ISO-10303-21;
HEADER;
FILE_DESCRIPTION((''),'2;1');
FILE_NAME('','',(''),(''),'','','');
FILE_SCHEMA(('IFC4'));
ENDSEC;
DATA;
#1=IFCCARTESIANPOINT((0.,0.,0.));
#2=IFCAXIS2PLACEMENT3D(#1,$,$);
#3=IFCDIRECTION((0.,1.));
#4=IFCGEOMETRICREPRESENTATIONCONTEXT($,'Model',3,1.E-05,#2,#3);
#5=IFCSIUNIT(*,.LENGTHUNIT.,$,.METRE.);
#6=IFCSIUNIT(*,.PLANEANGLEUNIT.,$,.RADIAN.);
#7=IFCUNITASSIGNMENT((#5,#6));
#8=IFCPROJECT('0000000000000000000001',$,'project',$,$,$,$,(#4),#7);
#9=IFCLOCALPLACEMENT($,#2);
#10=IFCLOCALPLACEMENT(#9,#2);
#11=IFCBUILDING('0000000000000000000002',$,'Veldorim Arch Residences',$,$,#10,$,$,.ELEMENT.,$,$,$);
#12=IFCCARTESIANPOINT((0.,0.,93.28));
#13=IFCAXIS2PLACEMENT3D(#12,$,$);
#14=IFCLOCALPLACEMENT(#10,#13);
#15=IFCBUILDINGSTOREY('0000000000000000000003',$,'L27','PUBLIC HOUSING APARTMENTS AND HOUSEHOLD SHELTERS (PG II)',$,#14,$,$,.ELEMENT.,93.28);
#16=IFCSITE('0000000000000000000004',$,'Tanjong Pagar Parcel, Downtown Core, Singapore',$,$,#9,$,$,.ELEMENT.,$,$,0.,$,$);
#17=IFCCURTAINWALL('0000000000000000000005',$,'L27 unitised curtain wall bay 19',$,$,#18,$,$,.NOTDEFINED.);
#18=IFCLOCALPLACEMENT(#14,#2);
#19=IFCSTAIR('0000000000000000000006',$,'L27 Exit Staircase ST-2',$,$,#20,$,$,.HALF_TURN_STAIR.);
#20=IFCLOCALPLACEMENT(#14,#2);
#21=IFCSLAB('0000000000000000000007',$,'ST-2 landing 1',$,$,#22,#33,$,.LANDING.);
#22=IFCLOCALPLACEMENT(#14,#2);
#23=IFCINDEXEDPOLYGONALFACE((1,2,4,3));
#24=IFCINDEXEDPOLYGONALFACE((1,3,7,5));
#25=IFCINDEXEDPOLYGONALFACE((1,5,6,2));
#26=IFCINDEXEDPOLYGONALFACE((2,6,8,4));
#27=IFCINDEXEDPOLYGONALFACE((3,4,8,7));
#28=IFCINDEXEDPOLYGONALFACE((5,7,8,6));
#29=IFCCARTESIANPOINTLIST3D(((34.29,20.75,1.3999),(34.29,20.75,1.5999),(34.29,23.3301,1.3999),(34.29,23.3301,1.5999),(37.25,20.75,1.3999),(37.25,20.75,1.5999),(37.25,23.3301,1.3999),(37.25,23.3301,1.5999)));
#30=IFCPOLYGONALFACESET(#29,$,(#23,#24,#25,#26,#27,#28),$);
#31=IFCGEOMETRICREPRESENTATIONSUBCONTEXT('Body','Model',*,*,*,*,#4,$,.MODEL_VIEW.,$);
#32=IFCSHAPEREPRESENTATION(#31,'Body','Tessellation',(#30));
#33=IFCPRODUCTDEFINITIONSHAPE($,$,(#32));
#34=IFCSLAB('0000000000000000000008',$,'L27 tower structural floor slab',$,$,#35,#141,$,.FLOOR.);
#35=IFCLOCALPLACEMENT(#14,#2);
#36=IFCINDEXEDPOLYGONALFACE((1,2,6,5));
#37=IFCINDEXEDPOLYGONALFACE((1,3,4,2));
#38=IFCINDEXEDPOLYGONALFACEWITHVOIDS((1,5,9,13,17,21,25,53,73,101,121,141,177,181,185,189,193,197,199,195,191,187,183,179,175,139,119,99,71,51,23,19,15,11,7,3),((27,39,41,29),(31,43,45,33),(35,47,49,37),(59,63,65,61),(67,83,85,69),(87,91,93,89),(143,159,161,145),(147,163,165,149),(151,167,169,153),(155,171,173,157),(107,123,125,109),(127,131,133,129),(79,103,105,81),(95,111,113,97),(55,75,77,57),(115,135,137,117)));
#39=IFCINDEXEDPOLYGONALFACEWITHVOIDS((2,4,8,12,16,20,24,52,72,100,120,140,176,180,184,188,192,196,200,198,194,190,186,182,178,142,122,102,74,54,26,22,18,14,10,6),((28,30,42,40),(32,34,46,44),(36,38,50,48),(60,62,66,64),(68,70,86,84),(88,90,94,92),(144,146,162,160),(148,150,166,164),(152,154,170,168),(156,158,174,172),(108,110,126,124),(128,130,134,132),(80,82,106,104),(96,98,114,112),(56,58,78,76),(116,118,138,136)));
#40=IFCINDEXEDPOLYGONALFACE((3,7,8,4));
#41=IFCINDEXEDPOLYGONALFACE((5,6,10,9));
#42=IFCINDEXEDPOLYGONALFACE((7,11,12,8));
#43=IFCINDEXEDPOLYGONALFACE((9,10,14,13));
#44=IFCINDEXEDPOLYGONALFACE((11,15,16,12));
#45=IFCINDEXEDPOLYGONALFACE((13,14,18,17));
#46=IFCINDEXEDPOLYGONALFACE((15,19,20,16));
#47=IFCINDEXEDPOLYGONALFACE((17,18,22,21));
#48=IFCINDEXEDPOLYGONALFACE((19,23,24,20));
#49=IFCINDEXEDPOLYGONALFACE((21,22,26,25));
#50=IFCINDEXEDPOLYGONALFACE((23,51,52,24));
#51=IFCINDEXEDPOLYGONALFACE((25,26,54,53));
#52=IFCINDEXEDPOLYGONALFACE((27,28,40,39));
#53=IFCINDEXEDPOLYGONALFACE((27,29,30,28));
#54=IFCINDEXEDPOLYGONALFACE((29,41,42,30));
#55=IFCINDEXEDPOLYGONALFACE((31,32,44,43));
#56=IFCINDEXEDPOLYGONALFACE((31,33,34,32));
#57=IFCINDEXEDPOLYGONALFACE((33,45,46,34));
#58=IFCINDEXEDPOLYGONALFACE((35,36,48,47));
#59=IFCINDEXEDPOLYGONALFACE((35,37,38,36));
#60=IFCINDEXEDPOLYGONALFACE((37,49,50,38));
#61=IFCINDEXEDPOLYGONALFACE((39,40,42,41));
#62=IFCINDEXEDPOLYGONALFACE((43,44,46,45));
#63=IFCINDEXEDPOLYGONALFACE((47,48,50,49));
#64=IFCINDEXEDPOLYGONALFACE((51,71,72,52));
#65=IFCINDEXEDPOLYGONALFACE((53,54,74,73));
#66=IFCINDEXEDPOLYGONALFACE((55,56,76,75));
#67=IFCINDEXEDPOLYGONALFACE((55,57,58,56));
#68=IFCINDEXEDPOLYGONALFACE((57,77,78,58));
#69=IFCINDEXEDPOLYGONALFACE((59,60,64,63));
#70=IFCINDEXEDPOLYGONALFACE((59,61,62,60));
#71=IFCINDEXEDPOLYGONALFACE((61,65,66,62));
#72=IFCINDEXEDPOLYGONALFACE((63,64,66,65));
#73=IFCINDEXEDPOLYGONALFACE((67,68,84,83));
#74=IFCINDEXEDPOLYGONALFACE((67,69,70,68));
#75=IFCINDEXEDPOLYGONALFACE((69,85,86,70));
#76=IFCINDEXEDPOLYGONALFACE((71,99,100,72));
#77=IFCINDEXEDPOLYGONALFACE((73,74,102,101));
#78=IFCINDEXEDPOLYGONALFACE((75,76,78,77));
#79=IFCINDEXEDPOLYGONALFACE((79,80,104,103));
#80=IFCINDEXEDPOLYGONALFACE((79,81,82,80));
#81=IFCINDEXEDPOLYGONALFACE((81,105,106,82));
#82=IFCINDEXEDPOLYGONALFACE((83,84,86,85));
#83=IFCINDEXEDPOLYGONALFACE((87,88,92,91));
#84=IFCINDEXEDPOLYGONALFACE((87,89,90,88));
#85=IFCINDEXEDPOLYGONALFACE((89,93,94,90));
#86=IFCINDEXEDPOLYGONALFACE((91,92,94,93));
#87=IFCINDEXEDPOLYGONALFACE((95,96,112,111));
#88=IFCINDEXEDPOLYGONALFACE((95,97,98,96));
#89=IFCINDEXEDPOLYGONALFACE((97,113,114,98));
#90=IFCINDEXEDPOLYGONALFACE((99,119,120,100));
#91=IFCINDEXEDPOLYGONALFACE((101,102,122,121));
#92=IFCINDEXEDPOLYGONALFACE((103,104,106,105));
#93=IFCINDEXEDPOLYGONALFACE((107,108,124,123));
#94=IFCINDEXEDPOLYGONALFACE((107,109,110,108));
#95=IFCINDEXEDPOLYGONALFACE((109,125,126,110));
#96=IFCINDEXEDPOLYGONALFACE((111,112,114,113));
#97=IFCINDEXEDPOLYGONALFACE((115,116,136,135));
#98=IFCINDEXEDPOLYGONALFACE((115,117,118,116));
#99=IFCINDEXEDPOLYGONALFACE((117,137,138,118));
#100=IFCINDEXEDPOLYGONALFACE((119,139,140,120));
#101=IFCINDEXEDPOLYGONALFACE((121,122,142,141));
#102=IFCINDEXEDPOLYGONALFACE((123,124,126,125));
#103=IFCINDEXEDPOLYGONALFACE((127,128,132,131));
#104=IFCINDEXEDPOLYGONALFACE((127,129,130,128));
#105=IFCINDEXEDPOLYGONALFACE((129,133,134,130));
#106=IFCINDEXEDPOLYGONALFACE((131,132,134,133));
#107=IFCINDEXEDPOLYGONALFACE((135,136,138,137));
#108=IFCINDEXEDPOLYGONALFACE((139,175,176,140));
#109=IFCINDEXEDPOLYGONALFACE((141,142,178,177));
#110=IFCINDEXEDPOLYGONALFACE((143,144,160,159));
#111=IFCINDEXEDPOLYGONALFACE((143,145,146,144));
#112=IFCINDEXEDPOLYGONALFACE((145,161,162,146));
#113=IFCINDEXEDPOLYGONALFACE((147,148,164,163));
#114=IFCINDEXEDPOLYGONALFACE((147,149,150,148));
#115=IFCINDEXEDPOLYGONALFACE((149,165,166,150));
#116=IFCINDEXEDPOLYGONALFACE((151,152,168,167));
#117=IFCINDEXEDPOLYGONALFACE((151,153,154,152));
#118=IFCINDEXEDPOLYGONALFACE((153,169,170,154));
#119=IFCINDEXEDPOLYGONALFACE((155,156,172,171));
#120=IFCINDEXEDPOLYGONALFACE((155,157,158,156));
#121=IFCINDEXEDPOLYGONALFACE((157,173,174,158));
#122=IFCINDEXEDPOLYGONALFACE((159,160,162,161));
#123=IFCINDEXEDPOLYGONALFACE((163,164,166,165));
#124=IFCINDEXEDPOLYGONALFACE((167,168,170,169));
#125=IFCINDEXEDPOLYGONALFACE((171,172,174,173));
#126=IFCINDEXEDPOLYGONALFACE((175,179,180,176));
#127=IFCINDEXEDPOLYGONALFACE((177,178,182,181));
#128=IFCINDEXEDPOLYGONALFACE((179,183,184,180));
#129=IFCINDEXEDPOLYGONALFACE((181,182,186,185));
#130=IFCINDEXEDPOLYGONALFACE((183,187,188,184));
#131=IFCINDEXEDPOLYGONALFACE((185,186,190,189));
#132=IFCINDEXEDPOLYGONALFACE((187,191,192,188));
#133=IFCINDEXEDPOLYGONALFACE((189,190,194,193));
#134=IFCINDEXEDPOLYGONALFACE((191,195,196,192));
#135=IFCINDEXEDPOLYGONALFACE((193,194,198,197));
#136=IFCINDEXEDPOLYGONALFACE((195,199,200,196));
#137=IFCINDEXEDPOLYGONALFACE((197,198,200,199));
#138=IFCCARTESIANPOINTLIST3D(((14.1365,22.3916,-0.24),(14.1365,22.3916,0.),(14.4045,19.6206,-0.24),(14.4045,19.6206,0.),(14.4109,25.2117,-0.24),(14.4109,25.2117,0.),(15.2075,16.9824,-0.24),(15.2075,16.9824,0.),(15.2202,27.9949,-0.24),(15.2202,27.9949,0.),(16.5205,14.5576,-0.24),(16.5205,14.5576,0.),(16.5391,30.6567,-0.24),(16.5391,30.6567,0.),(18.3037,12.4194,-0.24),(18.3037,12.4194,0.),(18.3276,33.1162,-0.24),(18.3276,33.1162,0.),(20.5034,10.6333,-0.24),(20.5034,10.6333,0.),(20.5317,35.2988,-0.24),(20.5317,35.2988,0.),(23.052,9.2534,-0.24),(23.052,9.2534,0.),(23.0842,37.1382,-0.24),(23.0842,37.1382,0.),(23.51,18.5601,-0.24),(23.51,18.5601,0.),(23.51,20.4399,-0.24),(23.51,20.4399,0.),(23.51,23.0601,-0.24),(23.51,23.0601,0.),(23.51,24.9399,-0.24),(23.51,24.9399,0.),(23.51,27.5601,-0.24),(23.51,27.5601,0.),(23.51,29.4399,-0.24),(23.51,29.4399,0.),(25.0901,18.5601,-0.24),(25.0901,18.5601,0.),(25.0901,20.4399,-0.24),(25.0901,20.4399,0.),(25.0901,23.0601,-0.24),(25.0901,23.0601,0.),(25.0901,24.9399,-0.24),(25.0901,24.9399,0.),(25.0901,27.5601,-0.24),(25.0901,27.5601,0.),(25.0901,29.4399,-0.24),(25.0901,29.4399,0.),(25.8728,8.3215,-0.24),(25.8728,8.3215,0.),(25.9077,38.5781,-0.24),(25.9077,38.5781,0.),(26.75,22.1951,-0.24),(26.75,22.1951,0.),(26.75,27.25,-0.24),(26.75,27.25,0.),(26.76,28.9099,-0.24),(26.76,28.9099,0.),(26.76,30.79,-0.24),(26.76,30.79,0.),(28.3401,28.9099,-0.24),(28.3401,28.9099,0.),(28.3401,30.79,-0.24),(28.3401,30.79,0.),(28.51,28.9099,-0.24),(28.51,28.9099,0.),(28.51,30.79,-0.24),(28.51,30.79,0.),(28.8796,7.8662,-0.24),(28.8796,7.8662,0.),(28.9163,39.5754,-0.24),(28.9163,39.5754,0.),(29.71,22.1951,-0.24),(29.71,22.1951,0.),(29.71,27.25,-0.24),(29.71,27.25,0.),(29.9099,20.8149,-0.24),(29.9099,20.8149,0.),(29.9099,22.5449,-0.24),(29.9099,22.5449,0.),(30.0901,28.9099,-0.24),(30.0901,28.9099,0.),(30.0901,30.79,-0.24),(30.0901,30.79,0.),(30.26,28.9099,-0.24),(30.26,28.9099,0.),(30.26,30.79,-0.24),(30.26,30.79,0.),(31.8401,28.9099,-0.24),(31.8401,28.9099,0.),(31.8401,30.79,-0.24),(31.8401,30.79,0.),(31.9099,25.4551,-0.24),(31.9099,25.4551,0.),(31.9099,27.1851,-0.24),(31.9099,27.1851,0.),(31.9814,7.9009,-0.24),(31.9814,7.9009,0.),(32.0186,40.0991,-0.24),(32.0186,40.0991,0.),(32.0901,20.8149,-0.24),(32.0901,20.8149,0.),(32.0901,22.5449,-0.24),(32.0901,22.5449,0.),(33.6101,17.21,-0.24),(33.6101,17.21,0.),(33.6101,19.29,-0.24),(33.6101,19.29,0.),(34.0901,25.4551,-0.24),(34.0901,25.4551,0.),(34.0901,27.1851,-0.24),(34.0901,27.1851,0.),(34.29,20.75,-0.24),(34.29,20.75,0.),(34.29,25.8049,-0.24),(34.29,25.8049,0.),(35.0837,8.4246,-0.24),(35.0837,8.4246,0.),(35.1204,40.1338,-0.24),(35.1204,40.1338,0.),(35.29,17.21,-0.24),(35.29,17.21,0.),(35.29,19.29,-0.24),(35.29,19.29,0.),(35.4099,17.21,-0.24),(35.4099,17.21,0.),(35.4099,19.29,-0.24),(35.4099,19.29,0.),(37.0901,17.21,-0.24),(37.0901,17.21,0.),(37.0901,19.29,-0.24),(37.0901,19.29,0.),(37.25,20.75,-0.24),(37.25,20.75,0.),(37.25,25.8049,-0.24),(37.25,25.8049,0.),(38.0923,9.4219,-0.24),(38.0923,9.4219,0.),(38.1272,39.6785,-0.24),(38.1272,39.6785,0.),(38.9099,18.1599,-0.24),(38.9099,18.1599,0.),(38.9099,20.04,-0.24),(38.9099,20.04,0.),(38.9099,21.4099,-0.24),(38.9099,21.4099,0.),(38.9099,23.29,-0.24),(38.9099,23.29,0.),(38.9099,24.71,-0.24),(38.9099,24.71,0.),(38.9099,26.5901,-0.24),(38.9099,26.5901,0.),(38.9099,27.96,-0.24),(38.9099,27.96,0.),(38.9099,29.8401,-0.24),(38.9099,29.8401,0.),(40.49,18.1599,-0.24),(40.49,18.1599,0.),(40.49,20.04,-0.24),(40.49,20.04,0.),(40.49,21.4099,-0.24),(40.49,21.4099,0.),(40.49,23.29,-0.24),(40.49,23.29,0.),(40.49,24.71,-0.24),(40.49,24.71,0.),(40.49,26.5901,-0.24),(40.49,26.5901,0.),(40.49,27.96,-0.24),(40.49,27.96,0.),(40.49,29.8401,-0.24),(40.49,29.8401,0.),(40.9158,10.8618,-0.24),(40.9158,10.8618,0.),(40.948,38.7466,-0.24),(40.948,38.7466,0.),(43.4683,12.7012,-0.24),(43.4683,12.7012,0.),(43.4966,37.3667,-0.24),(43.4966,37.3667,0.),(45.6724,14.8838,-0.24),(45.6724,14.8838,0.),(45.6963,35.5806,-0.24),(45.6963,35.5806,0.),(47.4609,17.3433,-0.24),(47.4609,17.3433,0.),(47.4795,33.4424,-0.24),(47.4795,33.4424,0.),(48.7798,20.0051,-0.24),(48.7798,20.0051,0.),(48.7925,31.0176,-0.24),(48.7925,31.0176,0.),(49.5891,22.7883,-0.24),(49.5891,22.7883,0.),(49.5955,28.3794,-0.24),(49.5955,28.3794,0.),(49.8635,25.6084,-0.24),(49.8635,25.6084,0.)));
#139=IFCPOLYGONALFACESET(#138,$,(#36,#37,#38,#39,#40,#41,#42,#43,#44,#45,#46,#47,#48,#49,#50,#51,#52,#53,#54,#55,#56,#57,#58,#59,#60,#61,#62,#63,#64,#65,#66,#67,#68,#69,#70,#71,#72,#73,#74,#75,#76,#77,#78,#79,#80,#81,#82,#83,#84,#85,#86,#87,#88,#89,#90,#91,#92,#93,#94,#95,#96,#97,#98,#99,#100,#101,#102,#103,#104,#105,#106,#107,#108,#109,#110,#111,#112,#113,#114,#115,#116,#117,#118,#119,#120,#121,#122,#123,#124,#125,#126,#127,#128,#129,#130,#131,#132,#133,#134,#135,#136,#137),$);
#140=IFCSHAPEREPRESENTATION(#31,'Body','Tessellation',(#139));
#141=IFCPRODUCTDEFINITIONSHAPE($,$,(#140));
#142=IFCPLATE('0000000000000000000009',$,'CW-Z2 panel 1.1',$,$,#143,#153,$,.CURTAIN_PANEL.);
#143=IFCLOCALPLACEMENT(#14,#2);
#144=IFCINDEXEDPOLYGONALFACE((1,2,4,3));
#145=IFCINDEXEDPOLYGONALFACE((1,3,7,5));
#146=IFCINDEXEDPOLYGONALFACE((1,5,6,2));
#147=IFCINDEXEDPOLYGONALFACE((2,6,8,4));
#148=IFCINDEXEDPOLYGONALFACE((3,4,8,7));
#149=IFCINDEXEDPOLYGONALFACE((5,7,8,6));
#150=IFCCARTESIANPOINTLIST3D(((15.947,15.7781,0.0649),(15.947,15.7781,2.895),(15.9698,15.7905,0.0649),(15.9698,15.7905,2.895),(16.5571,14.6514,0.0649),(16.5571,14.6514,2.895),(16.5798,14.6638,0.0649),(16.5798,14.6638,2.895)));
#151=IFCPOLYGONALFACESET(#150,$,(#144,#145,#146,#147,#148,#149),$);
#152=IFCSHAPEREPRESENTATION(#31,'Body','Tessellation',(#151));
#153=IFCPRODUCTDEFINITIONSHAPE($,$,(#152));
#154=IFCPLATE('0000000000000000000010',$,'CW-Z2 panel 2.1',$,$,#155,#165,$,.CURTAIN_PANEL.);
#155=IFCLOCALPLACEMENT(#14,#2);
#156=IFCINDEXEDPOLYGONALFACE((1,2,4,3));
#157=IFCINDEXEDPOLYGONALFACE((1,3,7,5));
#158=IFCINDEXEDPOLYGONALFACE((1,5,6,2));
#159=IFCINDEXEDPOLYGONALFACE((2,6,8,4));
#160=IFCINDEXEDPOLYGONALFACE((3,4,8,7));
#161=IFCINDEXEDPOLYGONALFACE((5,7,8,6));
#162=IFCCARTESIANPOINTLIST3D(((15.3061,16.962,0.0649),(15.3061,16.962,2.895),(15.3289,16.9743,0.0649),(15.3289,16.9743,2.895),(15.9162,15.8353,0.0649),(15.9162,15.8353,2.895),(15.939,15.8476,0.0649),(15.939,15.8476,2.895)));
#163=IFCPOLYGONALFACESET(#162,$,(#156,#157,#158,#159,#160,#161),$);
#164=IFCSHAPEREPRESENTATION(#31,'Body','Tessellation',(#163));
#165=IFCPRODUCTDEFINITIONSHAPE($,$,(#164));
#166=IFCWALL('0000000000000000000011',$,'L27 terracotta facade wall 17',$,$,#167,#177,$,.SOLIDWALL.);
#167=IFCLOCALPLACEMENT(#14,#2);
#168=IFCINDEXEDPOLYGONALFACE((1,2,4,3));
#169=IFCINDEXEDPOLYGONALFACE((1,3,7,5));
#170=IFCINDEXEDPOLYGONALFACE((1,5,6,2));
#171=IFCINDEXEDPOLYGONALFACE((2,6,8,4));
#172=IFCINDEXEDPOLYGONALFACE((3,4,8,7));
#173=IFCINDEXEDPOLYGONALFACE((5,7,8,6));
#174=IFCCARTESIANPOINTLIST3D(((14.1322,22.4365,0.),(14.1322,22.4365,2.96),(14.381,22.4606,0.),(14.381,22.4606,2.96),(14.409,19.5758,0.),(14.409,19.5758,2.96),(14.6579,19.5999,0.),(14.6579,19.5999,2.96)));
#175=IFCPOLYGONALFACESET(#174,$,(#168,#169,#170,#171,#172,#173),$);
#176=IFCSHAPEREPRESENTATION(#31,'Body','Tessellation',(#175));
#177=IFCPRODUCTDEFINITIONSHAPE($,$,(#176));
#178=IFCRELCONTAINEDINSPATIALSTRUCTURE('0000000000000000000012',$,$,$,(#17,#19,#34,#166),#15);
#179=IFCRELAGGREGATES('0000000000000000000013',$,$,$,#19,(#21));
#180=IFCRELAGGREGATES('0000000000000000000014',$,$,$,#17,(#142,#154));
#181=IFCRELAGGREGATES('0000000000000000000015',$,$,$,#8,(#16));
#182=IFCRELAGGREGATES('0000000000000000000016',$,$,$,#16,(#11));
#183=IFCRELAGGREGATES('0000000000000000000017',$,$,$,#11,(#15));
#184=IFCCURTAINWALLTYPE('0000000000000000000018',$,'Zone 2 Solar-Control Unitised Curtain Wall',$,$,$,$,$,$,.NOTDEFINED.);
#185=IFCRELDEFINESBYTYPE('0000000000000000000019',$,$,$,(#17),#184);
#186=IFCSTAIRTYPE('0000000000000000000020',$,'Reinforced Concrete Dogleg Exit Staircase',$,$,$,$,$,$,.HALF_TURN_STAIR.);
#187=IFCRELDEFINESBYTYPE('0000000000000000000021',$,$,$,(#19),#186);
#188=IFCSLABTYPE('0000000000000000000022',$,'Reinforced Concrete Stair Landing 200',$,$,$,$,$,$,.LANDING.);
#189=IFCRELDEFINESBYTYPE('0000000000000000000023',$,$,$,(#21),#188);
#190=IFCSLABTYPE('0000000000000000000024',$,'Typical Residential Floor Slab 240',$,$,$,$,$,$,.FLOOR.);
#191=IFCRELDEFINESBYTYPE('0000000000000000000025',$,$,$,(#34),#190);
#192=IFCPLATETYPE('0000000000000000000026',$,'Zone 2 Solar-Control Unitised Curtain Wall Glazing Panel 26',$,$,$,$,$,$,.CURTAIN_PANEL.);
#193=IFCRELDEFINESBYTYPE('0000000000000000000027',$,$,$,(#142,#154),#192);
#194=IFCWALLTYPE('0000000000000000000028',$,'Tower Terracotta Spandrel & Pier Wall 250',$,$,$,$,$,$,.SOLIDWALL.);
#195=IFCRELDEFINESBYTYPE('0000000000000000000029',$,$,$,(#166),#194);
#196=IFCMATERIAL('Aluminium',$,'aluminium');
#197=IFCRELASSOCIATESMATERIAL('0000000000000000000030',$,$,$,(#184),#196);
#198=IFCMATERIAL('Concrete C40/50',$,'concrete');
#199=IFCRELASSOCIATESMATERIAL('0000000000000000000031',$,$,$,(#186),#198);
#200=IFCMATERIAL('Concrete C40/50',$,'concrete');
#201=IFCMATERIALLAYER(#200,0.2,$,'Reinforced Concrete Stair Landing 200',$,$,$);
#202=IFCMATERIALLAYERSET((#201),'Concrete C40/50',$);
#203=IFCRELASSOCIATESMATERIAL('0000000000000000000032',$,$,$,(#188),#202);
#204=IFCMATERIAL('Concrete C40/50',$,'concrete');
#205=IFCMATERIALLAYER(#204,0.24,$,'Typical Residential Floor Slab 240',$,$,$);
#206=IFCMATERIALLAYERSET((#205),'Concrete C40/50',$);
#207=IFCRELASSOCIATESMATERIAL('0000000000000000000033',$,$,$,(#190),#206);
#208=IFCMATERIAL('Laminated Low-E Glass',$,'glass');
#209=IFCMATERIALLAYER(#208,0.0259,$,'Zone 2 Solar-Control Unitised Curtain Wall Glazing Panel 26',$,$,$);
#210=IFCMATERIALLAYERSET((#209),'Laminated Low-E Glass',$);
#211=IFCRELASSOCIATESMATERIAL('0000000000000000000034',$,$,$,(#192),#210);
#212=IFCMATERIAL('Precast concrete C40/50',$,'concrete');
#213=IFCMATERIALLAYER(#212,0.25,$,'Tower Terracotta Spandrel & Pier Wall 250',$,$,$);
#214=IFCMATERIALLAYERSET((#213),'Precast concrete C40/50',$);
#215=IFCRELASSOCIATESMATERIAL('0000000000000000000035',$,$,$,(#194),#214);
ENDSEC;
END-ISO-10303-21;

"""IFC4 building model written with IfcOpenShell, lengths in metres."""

from ifc_helpers import new_model, si_unit, direction, frame, frame_2d, origin, origin_2d, place, context, subcontext, project, spatial, polyline, rectangle, outline, extrude, material, layer, layer_set, type_object, element, aggregate, save


model = new_model("IFC4")

# Units and contexts
model_context = context("Model", 3, precision=1e-05, world=origin(), true_north=direction((0.0, 1.0)))
body_context = subcontext(model_context, "Body", "Model", "MODEL_VIEW")
ifc_project = project(units=[si_unit("LENGTHUNIT", "METRE"), si_unit("PLANEANGLEUNIT", "RADIAN")], contexts=[model_context])

# Site, building, storey
site_placement = place(None, origin())
site = spatial("IfcSite", under=ifc_project, at=site_placement, Name="Tanjong Pagar Parcel, Downtown Core, Singapore", CompositionType="ELEMENT", RefElevation=0.0)
building_placement = place(site_placement, origin())
building = spatial("IfcBuilding", under=site, at=building_placement, Name="Veldorim Arch Residences", CompositionType="ELEMENT")
storey_placement = place(building_placement, frame((0.0, 0.0, 93.28)))
storey = spatial("IfcBuildingStorey", under=building, at=storey_placement, Name="L27", Description="PUBLIC HOUSING APARTMENTS AND HOUSEHOLD SHELTERS (PG II)", CompositionType="ELEMENT", Elevation=93.28)

# Curtain wall
ifc_material_1 = material(Name="Aluminium", Category="aluminium")
curtain_wall_type = type_object("IfcCurtainWallType", Name="Zone 2 Solar-Control Unitised Curtain Wall", PredefinedType="NOTDEFINED", material=ifc_material_1)
curtain_wall_placement = place(storey_placement, origin())
curtain_wall = element("IfcCurtainWall", 1, at=curtain_wall_placement, inside=storey, type_object=curtain_wall_type, Name="L27 unitised curtain wall bay 19", PredefinedType="NOTDEFINED")

# Stair, slab
ifc_material_2 = material(Name="Concrete C40/50", Category="concrete")
stair_type = type_object("IfcStairType", Name="Reinforced Concrete Dogleg Exit Staircase", PredefinedType="HALF_TURN_STAIR", material=ifc_material_2)
ifc_material_3 = material(Name="Concrete C40/50", Category="concrete")
ifc_layer_1 = layer(ifc_material_3, 0.2, Name="Reinforced Concrete Stair Landing 200")
ifc_layer_set_1 = layer_set([ifc_layer_1], Name="Concrete C40/50")
slab_type_1 = type_object("IfcSlabType", Name="Reinforced Concrete Stair Landing 200", PredefinedType="LANDING", material=ifc_layer_set_1)
stair_1_placement = place(storey_placement, origin())
stair_1 = element("IfcStair", 2, at=stair_1_placement, inside=storey, type_object=stair_type, Name="L27 Exit Staircase ST-2", PredefinedType="HALF_TURN_STAIR")
slab_1_placement = place(storey_placement, frame((0.0, 0.0, 1.3999)))
slab_1 = element("IfcSlab", 3, at=slab_1_placement, type_object=slab_type_1, Name="ST-2 landing 1", PredefinedType="LANDING", context=body_context, shape_type="SweptSolid", body=[
    extrude(outline(polyline([(34.29, 23.3301), (34.29, 20.75), (37.25, 20.75), (37.25, 23.3301), (34.29, 23.3301)])), origin(), (0.0, 0.0, 1.0), 0.2),
])
aggregate(stair_1, [slab_1])

# Slab
ifc_material_4 = material(Name="Concrete C40/50", Category="concrete")
ifc_layer_2 = layer(ifc_material_4, 0.24, Name="Typical Residential Floor Slab 240")
ifc_layer_set_2 = layer_set([ifc_layer_2], Name="Concrete C40/50")
slab_type_2 = type_object("IfcSlabType", Name="Typical Residential Floor Slab 240", PredefinedType="FLOOR", material=ifc_layer_set_2)
slab_2_placement = place(storey_placement, frame((0.0, 0.0, -0.24)))
element("IfcSlab", 4, at=slab_2_placement, inside=storey, type_object=slab_type_2, Name="L27 tower structural floor slab", PredefinedType="FLOOR", context=body_context, shape_type="SweptSolid", body=[
    extrude(outline(polyline([(48.7925, 31.0176), (47.4795, 33.4424), (45.6963, 35.5806), (43.4966, 37.3667), (40.948, 38.7466), (38.1272, 39.6785), (35.1204, 40.1338), (32.0186, 40.0991), (28.9163, 39.5754), (25.9077, 38.5781), (23.0842, 37.1382), (20.5317, 35.2988), (18.3276, 33.1162), (16.5391, 30.6567), (15.2202, 27.9949), (14.4109, 25.2117), (14.1365, 22.3916), (14.4045, 19.6206), (15.2075, 16.9824), (16.5205, 14.5576), (18.3037, 12.4194), (20.5034, 10.6333), (23.052, 9.2534), (25.8728, 8.3215), (28.8796, 7.8662), (31.9814, 7.9009), (35.0837, 8.4246), (38.0923, 9.4219), (40.9158, 10.8618), (43.4683, 12.7012), (45.6724, 14.8838), (47.4609, 17.3433), (48.7798, 20.0051), (49.5891, 22.7883), (49.8635, 25.6084), (49.5955, 28.3794), (48.7925, 31.0176)]), holes=[polyline([(23.51, 20.4399), (25.0901, 20.4399), (25.0901, 18.5601), (23.51, 18.5601), (23.51, 20.4399)]), polyline([(29.9099, 22.5449), (32.0901, 22.5449), (32.0901, 20.8149), (29.9099, 20.8149), (29.9099, 22.5449)]), polyline([(23.51, 24.9399), (25.0901, 24.9399), (25.0901, 23.0601), (23.51, 23.0601), (23.51, 24.9399)]), polyline([(26.75, 27.25), (29.71, 27.25), (29.71, 22.1951), (26.75, 22.1951), (26.75, 27.25)]), polyline([(23.51, 29.4399), (25.0901, 29.4399), (25.0901, 27.5601), (23.51, 27.5601), (23.51, 29.4399)]), polyline([(26.76, 30.79), (28.3401, 30.79), (28.3401, 28.9099), (26.76, 28.9099), (26.76, 30.79)]), polyline([(28.51, 30.79), (30.0901, 30.79), (30.0901, 28.9099), (28.51, 28.9099), (28.51, 30.79)]), polyline([(30.26, 30.79), (31.8401, 30.79), (31.8401, 28.9099), (30.26, 28.9099), (30.26, 30.79)]), polyline([(33.6101, 19.29), (35.29, 19.29), (35.29, 17.21), (33.6101, 17.21), (33.6101, 19.29)]), polyline([(35.4099, 19.29), (37.0901, 19.29), (37.0901, 17.21), (35.4099, 17.21), (35.4099, 19.29)]), polyline([(38.9099, 20.04), (40.49, 20.04), (40.49, 18.1599), (38.9099, 18.1599), (38.9099, 20.04)]), polyline([(38.9099, 23.29), (40.49, 23.29), (40.49, 21.4099), (38.9099, 21.4099), (38.9099, 23.29)]), polyline([(34.29, 25.8049), (37.25, 25.8049), (37.25, 20.75), (34.29, 20.75), (34.29, 25.8049)]), polyline([(38.9099, 26.5901), (40.49, 26.5901), (40.49, 24.71), (38.9099, 24.71), (38.9099, 26.5901)]), polyline([(31.9099, 27.1851), (34.0901, 27.1851), (34.0901, 25.4551), (31.9099, 25.4551), (31.9099, 27.1851)]), polyline([(38.9099, 29.8401), (40.49, 29.8401), (40.49, 27.96), (38.9099, 27.96), (38.9099, 29.8401)])]), origin(), (0.0, 0.0, 1.0), 0.24),
])

# Plates
ifc_material_5 = material(Name="Laminated Low-E Glass", Category="glass")
ifc_layer_3 = layer(ifc_material_5, 0.0259, Name="Zone 2 Solar-Control Unitised Curtain Wall Glazing Panel 26")
ifc_layer_set_3 = layer_set([ifc_layer_3], Name="Laminated Low-E Glass")
plate_type = type_object("IfcPlateType", Name="Zone 2 Solar-Control Unitised Curtain Wall Glazing Panel 26", PredefinedType="CURTAIN_PANEL", material=ifc_layer_set_3)
plate_1_placement = place(storey_placement, frame((16.2634, 15.2209, 0.0649), z_axis=(0.0, 0.0, 1.0), x_axis=(-0.476146, 0.879366, 0.0)))
plate_1 = element("IfcPlate", 5, at=plate_1_placement, type_object=plate_type, Name="CW-Z2 panel 1.1", PredefinedType="CURTAIN_PANEL", context=body_context, shape_type="SweptSolid", body=[
    extrude(rectangle(XDim=1.2812, YDim=0.0259, at=origin_2d()), origin(), (0.0, 0.0, 1.0), 2.8301),
])
plate_2_placement = place(storey_placement, frame((15.6226, 16.4048, 0.0649), z_axis=(0.0, 0.0, 1.0), x_axis=(-0.476146, 0.879366, 0.0)))
plate_2 = element("IfcPlate", 6, at=plate_2_placement, type_object=plate_type, Name="CW-Z2 panel 2.1", PredefinedType="CURTAIN_PANEL", context=body_context, shape_type="SweptSolid", body=[
    extrude(rectangle(XDim=1.2812, YDim=0.0259, at=origin_2d()), origin(), (0.0, 0.0, 1.0), 2.8301),
])
aggregate(curtain_wall, [plate_1, plate_2])

# Wall
ifc_material_6 = material(Name="Precast concrete C40/50", Category="concrete")
ifc_layer_4 = layer(ifc_material_6, 0.25, Name="Tower Terracotta Spandrel & Pier Wall 250")
ifc_layer_set_4 = layer_set([ifc_layer_4], Name="Precast concrete C40/50")
wall_type = type_object("IfcWallType", Name="Tower Terracotta Spandrel & Pier Wall 250", PredefinedType="SOLIDWALL", material=ifc_layer_set_4)
wall_1_placement = place(storey_placement, frame((14.5334, 19.5879, 0.0), z_axis=(0.0, 0.0, 1.0), x_axis=(-0.096332, 0.995349, 0.0)))
element("IfcWall", 7, at=wall_1_placement, inside=storey, type_object=wall_type, Name="L27 terracotta facade wall 17", PredefinedType="SOLIDWALL", context=body_context, shape_type="SweptSolid", body=[
    extrude(rectangle(XDim=2.874, YDim=0.25, at=frame_2d((1.437, 0.0))), origin(), (0.0, 0.0, 1.0), 2.96),
])

save(model, "model.ifc")
